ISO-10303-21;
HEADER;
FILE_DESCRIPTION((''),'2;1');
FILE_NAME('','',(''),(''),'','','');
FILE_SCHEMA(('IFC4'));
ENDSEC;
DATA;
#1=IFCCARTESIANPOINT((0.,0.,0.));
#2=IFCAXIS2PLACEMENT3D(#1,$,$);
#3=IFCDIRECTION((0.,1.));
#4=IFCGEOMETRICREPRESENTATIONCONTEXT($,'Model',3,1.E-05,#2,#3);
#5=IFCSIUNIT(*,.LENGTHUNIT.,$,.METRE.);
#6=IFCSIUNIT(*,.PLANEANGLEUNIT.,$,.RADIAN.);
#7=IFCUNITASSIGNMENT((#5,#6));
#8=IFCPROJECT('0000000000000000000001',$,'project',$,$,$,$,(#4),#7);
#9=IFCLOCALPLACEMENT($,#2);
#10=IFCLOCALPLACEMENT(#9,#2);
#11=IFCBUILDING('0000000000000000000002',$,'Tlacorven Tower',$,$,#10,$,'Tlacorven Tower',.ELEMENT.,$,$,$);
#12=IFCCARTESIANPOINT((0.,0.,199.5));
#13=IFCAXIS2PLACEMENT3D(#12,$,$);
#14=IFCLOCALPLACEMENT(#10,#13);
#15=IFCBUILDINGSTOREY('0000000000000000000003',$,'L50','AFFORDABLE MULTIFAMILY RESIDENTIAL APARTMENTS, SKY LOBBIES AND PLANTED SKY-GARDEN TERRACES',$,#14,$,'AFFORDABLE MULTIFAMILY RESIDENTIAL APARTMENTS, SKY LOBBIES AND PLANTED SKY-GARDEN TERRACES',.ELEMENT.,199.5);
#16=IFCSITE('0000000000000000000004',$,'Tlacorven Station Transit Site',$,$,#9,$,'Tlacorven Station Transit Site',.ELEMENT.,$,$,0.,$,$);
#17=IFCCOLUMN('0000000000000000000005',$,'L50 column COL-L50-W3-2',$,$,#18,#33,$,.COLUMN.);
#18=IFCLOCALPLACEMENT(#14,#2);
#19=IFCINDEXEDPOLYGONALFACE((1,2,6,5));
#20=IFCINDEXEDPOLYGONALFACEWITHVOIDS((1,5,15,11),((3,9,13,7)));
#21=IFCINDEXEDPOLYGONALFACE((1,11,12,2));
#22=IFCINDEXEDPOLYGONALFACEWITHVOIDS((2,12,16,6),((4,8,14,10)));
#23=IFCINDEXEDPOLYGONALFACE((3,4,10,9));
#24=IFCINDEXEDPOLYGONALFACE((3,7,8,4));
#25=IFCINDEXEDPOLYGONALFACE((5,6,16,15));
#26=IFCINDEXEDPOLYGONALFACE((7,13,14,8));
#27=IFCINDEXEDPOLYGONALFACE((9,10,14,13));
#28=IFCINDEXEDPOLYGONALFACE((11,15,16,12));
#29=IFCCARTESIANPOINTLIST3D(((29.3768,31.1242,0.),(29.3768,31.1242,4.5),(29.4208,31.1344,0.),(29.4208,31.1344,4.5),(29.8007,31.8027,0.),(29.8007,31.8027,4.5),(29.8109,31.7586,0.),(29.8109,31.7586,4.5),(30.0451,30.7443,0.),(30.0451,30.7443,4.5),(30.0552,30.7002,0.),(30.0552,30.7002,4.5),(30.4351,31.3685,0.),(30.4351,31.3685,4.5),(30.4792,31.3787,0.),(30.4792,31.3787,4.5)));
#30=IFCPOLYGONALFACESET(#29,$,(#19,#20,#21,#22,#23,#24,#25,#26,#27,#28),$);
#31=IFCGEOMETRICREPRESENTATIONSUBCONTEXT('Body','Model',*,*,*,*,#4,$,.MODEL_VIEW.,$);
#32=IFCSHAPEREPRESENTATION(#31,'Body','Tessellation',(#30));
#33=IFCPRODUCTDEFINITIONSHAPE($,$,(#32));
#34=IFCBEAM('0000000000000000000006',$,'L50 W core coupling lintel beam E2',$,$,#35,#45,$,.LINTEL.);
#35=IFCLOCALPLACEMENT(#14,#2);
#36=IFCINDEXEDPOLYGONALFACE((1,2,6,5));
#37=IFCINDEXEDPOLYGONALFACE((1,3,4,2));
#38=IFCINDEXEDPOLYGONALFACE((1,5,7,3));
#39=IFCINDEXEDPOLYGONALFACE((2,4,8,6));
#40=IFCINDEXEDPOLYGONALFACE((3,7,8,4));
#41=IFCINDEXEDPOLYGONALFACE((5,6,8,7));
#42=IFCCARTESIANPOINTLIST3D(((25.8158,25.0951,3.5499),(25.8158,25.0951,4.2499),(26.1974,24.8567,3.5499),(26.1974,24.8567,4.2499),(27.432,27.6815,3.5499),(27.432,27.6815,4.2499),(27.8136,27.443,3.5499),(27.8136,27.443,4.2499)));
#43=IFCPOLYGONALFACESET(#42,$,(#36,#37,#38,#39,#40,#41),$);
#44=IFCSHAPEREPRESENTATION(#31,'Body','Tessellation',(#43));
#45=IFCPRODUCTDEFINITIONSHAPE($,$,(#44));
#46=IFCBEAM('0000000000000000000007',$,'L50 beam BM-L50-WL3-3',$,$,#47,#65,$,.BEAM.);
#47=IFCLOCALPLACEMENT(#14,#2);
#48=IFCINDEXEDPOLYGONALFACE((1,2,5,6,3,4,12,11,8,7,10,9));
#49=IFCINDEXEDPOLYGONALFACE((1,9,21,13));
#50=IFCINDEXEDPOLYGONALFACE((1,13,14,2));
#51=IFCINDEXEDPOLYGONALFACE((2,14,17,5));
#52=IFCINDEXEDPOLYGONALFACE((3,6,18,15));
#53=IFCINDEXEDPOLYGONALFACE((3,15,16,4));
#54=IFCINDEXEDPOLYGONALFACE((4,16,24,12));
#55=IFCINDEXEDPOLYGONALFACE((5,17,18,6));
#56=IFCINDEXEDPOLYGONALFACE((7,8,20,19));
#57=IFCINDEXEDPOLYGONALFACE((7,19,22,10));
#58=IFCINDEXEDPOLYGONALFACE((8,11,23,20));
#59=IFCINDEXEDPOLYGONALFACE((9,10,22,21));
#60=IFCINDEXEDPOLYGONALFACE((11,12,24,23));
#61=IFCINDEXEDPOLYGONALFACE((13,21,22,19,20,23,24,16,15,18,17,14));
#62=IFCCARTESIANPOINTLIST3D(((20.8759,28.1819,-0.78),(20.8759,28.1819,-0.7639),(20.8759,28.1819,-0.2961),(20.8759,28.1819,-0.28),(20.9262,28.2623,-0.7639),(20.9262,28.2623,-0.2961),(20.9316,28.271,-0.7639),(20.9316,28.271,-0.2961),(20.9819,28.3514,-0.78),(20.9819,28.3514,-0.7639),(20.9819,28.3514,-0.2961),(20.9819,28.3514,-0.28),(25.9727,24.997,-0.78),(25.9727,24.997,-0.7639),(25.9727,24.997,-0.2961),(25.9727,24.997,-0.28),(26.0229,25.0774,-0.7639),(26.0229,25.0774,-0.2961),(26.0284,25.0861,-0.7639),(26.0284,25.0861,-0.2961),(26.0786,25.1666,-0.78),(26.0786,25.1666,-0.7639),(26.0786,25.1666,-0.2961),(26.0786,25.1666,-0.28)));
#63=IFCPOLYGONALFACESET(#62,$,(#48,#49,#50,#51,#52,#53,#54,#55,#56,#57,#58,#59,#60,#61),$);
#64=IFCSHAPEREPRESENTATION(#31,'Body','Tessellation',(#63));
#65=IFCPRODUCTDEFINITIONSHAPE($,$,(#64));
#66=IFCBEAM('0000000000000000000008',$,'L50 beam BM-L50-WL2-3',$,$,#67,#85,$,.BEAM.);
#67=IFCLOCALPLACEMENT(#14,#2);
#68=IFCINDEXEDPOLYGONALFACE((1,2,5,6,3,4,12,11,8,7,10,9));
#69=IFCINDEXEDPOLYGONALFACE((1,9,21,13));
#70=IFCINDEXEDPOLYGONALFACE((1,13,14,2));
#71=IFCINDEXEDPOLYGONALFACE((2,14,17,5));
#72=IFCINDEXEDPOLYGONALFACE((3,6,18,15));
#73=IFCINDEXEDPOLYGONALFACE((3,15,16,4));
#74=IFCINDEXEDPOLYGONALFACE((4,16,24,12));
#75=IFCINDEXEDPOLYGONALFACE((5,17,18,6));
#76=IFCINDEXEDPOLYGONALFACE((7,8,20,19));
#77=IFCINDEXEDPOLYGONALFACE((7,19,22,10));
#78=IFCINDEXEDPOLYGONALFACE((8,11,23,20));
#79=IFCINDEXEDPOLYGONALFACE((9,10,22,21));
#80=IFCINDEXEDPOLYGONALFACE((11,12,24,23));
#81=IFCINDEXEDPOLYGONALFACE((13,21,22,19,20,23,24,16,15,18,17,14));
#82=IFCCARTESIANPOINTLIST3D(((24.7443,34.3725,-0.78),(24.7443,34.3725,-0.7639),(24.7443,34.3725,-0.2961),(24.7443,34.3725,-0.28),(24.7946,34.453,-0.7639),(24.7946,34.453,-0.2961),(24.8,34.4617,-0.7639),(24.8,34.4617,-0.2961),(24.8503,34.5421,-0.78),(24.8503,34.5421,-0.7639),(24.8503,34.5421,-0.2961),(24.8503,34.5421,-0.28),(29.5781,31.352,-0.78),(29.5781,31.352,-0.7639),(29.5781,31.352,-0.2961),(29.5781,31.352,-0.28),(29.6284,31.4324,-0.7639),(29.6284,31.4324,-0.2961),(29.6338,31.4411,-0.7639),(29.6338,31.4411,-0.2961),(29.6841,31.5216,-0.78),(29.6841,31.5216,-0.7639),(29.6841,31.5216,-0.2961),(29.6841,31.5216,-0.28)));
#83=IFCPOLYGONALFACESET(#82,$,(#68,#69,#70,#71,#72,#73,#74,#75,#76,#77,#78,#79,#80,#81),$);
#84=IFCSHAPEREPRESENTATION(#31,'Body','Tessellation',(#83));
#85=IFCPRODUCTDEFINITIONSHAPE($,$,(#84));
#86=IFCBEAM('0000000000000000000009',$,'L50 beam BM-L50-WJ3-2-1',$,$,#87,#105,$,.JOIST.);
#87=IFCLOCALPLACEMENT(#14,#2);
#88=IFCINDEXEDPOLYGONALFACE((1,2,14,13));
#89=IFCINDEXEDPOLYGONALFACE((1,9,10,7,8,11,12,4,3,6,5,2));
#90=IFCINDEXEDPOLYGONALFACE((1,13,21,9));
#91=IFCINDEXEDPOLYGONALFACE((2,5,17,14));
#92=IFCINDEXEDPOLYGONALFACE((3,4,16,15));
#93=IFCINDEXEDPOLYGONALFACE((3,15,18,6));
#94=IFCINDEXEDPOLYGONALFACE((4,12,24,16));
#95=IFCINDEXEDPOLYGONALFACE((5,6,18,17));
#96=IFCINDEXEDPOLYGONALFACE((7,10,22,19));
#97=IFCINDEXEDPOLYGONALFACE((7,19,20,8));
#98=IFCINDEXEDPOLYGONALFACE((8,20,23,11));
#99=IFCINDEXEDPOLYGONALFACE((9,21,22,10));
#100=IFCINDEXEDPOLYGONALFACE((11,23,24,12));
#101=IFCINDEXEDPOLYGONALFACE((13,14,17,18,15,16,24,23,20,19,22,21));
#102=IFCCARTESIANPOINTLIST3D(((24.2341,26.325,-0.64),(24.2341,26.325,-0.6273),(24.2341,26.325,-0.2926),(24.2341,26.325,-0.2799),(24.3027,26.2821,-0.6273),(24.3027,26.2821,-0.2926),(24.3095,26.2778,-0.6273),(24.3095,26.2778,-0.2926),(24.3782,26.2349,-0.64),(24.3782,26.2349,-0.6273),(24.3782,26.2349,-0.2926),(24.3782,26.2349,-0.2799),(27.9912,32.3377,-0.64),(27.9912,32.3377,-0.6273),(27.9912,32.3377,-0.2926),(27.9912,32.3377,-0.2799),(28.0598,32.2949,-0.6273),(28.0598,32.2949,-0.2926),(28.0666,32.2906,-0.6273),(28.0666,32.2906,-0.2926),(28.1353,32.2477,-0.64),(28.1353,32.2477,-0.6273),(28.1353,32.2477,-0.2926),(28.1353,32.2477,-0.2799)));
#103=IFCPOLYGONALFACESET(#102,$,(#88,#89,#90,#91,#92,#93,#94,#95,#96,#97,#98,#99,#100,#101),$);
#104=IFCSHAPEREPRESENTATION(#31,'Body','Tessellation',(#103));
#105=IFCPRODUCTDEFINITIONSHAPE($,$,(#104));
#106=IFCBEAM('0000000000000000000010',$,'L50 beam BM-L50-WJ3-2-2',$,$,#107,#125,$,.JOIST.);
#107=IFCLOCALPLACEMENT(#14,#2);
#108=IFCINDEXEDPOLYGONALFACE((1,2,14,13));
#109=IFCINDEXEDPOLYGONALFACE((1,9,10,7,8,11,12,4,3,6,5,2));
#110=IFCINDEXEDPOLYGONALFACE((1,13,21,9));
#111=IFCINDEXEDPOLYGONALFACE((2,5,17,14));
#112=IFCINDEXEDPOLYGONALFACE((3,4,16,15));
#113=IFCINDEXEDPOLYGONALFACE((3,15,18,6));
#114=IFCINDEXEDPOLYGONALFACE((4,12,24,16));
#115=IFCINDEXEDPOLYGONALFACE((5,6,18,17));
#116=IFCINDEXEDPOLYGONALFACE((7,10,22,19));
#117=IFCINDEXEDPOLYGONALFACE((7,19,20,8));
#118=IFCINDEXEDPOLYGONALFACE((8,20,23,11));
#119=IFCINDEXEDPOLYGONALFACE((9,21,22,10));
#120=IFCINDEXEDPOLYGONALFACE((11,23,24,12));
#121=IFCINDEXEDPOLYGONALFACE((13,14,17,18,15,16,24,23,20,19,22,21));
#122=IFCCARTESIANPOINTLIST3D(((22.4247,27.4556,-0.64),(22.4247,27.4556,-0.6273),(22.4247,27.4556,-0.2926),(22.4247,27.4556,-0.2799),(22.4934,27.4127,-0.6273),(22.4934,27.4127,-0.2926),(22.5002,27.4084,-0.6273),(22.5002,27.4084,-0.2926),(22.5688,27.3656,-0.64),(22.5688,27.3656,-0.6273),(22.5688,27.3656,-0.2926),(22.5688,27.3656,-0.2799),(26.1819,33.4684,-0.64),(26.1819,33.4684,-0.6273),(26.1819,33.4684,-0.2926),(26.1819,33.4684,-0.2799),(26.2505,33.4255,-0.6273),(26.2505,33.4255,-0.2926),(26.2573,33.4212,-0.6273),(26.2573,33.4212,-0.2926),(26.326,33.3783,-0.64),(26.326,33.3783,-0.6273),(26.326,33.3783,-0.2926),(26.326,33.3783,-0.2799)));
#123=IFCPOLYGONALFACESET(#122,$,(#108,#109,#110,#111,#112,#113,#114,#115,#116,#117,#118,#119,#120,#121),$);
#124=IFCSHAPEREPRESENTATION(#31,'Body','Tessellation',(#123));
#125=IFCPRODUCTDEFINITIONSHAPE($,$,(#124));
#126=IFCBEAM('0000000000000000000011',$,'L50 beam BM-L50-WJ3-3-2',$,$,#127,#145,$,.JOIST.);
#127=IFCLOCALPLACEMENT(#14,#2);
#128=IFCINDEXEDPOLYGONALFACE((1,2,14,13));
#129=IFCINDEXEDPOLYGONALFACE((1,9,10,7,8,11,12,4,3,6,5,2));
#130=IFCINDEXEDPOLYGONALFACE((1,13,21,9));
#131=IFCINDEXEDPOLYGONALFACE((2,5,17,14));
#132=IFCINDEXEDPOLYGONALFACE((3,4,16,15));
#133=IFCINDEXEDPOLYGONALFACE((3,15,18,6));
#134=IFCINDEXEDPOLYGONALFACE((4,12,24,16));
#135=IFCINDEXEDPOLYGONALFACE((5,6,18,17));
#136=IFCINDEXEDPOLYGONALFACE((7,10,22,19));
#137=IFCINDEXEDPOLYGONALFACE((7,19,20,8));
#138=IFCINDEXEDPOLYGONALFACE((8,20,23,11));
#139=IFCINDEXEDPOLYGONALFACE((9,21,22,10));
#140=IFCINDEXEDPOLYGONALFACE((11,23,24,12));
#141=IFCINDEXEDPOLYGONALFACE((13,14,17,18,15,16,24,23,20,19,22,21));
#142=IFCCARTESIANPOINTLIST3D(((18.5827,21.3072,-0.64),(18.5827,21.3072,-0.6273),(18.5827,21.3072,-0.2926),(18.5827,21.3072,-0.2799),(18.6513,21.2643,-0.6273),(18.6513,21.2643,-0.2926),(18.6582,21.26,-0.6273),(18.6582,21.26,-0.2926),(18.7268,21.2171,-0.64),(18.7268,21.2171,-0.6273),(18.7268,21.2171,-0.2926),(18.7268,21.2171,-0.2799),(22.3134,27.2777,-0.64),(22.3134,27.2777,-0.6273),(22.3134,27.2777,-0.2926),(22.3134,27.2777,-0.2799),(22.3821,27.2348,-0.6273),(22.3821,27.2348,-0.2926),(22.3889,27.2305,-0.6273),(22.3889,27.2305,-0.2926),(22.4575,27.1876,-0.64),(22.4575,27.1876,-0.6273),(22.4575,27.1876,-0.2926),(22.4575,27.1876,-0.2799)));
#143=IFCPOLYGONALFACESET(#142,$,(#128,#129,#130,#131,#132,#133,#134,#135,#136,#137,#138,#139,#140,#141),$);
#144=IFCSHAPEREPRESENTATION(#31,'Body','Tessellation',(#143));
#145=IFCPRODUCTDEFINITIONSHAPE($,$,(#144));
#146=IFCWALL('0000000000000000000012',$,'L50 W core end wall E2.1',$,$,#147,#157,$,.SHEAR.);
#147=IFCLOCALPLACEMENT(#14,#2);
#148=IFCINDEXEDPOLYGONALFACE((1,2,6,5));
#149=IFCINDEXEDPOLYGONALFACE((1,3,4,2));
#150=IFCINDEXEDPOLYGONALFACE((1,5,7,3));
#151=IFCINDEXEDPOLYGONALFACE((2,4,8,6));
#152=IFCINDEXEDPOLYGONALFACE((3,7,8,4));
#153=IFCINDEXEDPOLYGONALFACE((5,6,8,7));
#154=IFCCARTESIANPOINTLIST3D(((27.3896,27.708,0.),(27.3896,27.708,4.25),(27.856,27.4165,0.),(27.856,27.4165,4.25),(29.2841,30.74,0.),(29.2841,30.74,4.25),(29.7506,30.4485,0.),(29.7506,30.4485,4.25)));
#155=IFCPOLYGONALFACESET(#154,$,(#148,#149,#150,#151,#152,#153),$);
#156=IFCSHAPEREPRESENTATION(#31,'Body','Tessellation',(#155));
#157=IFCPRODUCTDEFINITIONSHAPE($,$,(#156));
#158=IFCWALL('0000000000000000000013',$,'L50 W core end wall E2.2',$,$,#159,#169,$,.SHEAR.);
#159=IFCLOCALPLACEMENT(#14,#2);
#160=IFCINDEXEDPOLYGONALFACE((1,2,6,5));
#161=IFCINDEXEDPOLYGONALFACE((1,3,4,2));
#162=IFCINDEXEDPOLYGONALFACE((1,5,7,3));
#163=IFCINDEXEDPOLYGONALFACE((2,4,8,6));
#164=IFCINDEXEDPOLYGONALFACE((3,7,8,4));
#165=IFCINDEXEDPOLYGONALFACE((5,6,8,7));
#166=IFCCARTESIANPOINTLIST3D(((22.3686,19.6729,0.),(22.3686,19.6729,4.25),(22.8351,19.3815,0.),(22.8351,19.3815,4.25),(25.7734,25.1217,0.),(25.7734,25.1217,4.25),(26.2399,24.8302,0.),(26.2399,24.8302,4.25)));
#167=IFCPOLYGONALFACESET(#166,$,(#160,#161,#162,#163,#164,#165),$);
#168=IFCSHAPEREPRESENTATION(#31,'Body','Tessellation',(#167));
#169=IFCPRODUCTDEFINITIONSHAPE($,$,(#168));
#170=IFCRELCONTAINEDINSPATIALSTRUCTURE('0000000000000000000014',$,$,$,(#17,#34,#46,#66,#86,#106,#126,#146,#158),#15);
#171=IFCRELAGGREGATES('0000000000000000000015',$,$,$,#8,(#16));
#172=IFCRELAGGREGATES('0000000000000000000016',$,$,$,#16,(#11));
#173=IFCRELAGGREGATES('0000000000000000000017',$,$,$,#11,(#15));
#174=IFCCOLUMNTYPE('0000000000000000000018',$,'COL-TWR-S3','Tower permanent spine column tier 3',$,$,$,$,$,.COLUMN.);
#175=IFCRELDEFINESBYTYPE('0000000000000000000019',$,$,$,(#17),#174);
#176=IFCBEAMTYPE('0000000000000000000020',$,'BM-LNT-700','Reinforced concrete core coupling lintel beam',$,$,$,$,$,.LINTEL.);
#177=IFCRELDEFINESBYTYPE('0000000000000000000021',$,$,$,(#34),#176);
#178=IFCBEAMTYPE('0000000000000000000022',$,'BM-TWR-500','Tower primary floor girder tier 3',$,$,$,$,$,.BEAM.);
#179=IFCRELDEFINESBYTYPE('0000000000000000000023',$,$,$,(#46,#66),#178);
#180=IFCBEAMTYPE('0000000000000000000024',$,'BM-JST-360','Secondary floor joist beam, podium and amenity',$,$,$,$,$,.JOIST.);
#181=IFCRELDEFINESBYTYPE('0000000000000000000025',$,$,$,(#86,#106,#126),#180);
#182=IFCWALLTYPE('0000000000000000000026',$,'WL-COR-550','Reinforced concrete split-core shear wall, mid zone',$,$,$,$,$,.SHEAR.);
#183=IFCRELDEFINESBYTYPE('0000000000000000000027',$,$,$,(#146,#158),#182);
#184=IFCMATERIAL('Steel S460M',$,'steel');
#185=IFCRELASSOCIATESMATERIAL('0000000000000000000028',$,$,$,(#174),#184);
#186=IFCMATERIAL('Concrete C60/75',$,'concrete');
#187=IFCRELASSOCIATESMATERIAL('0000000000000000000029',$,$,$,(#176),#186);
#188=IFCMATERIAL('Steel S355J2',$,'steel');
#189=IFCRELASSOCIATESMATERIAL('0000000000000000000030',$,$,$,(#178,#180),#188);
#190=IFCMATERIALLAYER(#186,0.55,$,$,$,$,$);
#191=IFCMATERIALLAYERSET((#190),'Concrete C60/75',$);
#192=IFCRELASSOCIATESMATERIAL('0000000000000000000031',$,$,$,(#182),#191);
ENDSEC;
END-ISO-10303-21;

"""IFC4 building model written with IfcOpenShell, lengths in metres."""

from ifc_helpers import new_model, si_unit, direction, frame, frame_2d, origin, origin_2d, place, context, subcontext, project, spatial, rectangle, hollow_rectangle, i_section, extrude, source, transform, mapped, material, layer, layer_set, material_profile, profile_set, type_object, element, save


model = new_model("IFC4")

# Units and contexts
model_context = context("Model", 3, precision=1e-05, world=origin(), true_north=direction((0.0, 1.0)))
body_context = subcontext(model_context, "Body", "Model", "MODEL_VIEW")
ifc_project = project(units=[si_unit("LENGTHUNIT", "METRE"), si_unit("PLANEANGLEUNIT", "RADIAN")], contexts=[model_context])

# Site, building, storey
site_placement = place(None, origin())
site = spatial("IfcSite", under=ifc_project, at=site_placement, Name="Tlacorven Station Transit Site", LongName="Tlacorven Station Transit Site", CompositionType="ELEMENT", RefElevation=0.0)
building_placement = place(site_placement, origin())
building = spatial("IfcBuilding", under=site, at=building_placement, Name="Tlacorven Tower", LongName="Tlacorven Tower", CompositionType="ELEMENT")
storey_placement = place(building_placement, frame((0.0, 0.0, 199.5)))
storey = spatial("IfcBuildingStorey", under=building, at=storey_placement, Name="L50", Description="AFFORDABLE MULTIFAMILY RESIDENTIAL APARTMENTS, SKY LOBBIES AND PLANTED SKY-GARDEN TERRACES", LongName="AFFORDABLE MULTIFAMILY RESIDENTIAL APARTMENTS, SKY LOBBIES AND PLANTED SKY-GARDEN TERRACES", CompositionType="ELEMENT", Elevation=199.5)

# Column
ifc_material_1 = material(Name="Steel S460M", Category="steel")
ifc_material_profile_1 = material_profile(ifc_material_1, hollow_rectangle(XDim=0.8, YDim=0.8, WallThickness=0.032, at=origin_2d()), Name="BOX 800X800X32")
ifc_profile_set_1 = profile_set([ifc_material_profile_1], Name="Steel S460M")
column_type = type_object("IfcColumnType", Name="COL-TWR-S3", Description="Tower permanent spine column tier 3", PredefinedType="COLUMN", material=ifc_profile_set_1)
shared_shape_1 = source(origin(), body_context, "Body", "SweptSolid", [
    extrude(hollow_rectangle(XDim=0.8, YDim=0.8, WallThickness=0.032, at=origin_2d()), origin(), (0.0, 0.0, 1.0), 4.5),
])
column_placement = place(storey_placement, frame((29.928, 31.2515, 0.0), z_axis=(0.0, 0.0, 1.0), x_axis=(-0.848048, 0.529919, 0.0)))
element("IfcColumn", 1, at=column_placement, inside=storey, type_object=column_type, Name="L50 column COL-L50-W3-2", PredefinedType="COLUMN", context=body_context, shape_type="MappedRepresentation", body=[
    mapped(shared_shape_1, transform((0.0, 0.0, 0.0), scale=1.0)),
])

# Beams
ifc_material_2 = material(Name="Concrete C60/75", Category="concrete")
ifc_material_profile_2 = material_profile(ifc_material_2, rectangle(XDim=0.45, YDim=0.7, at=origin_2d()), Name="RC 450X700")
ifc_profile_set_2 = profile_set([ifc_material_profile_2], Name="Concrete C60/75")
beam_type_1 = type_object("IfcBeamType", Name="BM-LNT-700", Description="Reinforced concrete core coupling lintel beam", PredefinedType="LINTEL", material=ifc_profile_set_2)
shared_shape_2 = source(origin(), body_context, "Body", "SweptSolid", [
    extrude(rectangle(XDim=0.45, YDim=0.7, at=origin_2d()), origin(), (0.0, 0.0, 1.0), 3.0498),
])
beam_1_placement = place(storey_placement, frame((27.6228, 27.5623, 3.8999), z_axis=(-0.529927, -0.848043, 0.0), x_axis=(0.848043, -0.529927, 0.0)))
element("IfcBeam", 2, at=beam_1_placement, inside=storey, type_object=beam_type_1, Name="L50 W core coupling lintel beam E2", PredefinedType="LINTEL", context=body_context, shape_type="MappedRepresentation", body=[
    mapped(shared_shape_2, transform((0.0, 0.0, 0.0), scale=1.0)),
])
ifc_material_3 = material(Name="Steel S355J2", Category="steel")
ifc_material_profile_3 = material_profile(ifc_material_3, i_section(OverallWidth=0.2, OverallDepth=0.5, WebThickness=0.0103, FlangeThickness=0.0161, at=origin_2d()), Name="IPE 500")
ifc_profile_set_3 = profile_set([ifc_material_profile_3], Name="Steel S355J2")
beam_type_2 = type_object("IfcBeamType", Name="BM-TWR-500", Description="Tower primary floor girder tier 3", PredefinedType="BEAM", material=ifc_profile_set_3)
shared_shape_3 = source(origin(), body_context, "Body", "SweptSolid", [
    extrude(i_section(OverallWidth=0.2, OverallDepth=0.5, WebThickness=0.0103, FlangeThickness=0.0161, at=origin_2d()), origin(), (0.0, 0.0, 1.0), 6.01),
])
beam_2_placement = place(storey_placement, frame((26.0256, 25.0818, -0.53), z_axis=(-0.848044, 0.529926, 0.0), x_axis=(-0.529926, -0.848044, 0.0)))
element("IfcBeam", 3, at=beam_2_placement, inside=storey, type_object=beam_type_2, Name="L50 beam BM-L50-WL3-3", PredefinedType="BEAM", context=body_context, shape_type="MappedRepresentation", body=[
    mapped(shared_shape_3, transform((0.0, 0.0, 0.0), scale=1.0)),
])
shared_shape_4 = source(origin(), body_context, "Body", "SweptSolid", [
    extrude(i_section(OverallWidth=0.2, OverallDepth=0.5, WebThickness=0.0103, FlangeThickness=0.0161, at=origin_2d()), origin(), (0.0, 0.0, 1.0), 5.7),
])
beam_3_placement = place(storey_placement, frame((29.6311, 31.4368, -0.53), z_axis=(-0.848044, 0.529926, 0.0), x_axis=(-0.529926, -0.848044, 0.0)))
element("IfcBeam", 4, at=beam_3_placement, inside=storey, type_object=beam_type_2, Name="L50 beam BM-L50-WL2-3", PredefinedType="BEAM", context=body_context, shape_type="MappedRepresentation", body=[
    mapped(shared_shape_4, transform((0.0, 0.0, 0.0), scale=1.0)),
])
ifc_material_profile_4 = material_profile(ifc_material_3, i_section(OverallWidth=0.1699, OverallDepth=0.3601, WebThickness=0.0081, FlangeThickness=0.0127, at=origin_2d()), Name="IPE 360")
ifc_profile_set_4 = profile_set([ifc_material_profile_4], Name="Steel S355J2")
beam_type_3 = type_object("IfcBeamType", Name="BM-JST-360", Description="Secondary floor joist beam, podium and amenity", PredefinedType="JOIST", material=ifc_profile_set_4)
shared_shape_5 = source(origin(), body_context, "Body", "SweptSolid", [
    extrude(i_section(OverallWidth=0.1699, OverallDepth=0.3601, WebThickness=0.0081, FlangeThickness=0.0127, at=origin_2d()), origin(), (0.0, 0.0, 1.0), 7.0901),
])
for number, where, z_axis, x_axis, name in (
    (5, (28.0632, 32.2927, -0.46), (-0.529912, -0.848052, 0.0), (0.848052, -0.529912, 0.0), "L50 beam BM-L50-WJ3-2-1"),
    (6, (26.2539, 33.4233, -0.46), (-0.529912, -0.848052, 0.0), (0.848052, -0.529912, 0.0), "L50 beam BM-L50-WJ3-2-2"),
):
    element("IfcBeam", number, at=place(storey_placement, frame(where, z_axis=z_axis, x_axis=x_axis)), inside=storey, type_object=beam_type_3, Name=name, PredefinedType="JOIST", context=body_context, shape_type="MappedRepresentation", body=[
        mapped(shared_shape_5, transform((0.0, 0.0, 0.0), scale=1.0)),
    ])
shared_shape_6 = source(origin(), body_context, "Body", "SweptSolid", [
    extrude(i_section(OverallWidth=0.1699, OverallDepth=0.3601, WebThickness=0.0081, FlangeThickness=0.0127, at=origin_2d()), origin(), (0.0, 0.0, 1.0), 7.0403),
])
beam_4_placement = place(storey_placement, frame((22.3855, 27.2327, -0.46), z_axis=(-0.529915, -0.848051, 0.0), x_axis=(0.848051, -0.529915, 0.0)))
element("IfcBeam", 7, at=beam_4_placement, inside=storey, type_object=beam_type_3, Name="L50 beam BM-L50-WJ3-3-2", PredefinedType="JOIST", context=body_context, shape_type="MappedRepresentation", body=[
    mapped(shared_shape_6, transform((0.0, 0.0, 0.0), scale=1.0)),
])

# Walls
ifc_layer_1 = layer(ifc_material_2, 0.55)
ifc_layer_set_1 = layer_set([ifc_layer_1], Name="Concrete C60/75")
wall_type_1 = type_object("IfcWallType", Name="WL-COR-550", Description="Reinforced concrete split-core shear wall, mid zone", PredefinedType="SHEAR", material=ifc_layer_set_1)
wall_1_placement = place(storey_placement, frame((29.5173, 30.5942, 0.0), z_axis=(0.0, 0.0, 1.0), x_axis=(-0.529907, -0.848056, 0.0)))
element("IfcWall", 8, at=wall_1_placement, inside=storey, type_object=wall_type_1, Name="L50 W core end wall E2.1", PredefinedType="SHEAR", context=body_context, shape_type="SweptSolid", body=[
    extrude(rectangle(XDim=3.5752, YDim=0.55, at=frame_2d((1.7876, 0.0))), origin(), (0.0, 0.0, 1.0), 4.25),
])
wall_2_placement = place(storey_placement, frame((26.0066, 24.9758, 0.0), z_axis=(0.0, 0.0, 1.0), x_axis=(-0.529924, -0.848045, 0.0)))
element("IfcWall", 9, at=wall_2_placement, inside=storey, type_object=wall_type_1, Name="L50 W core end wall E2.2", PredefinedType="SHEAR", context=body_context, shape_type="SweptSolid", body=[
    extrude(rectangle(XDim=6.425, YDim=0.55, at=frame_2d((3.2124, 0.0))), origin(), (0.0, 0.0, 1.0), 4.25),
])

save(model, "model.ifc")
